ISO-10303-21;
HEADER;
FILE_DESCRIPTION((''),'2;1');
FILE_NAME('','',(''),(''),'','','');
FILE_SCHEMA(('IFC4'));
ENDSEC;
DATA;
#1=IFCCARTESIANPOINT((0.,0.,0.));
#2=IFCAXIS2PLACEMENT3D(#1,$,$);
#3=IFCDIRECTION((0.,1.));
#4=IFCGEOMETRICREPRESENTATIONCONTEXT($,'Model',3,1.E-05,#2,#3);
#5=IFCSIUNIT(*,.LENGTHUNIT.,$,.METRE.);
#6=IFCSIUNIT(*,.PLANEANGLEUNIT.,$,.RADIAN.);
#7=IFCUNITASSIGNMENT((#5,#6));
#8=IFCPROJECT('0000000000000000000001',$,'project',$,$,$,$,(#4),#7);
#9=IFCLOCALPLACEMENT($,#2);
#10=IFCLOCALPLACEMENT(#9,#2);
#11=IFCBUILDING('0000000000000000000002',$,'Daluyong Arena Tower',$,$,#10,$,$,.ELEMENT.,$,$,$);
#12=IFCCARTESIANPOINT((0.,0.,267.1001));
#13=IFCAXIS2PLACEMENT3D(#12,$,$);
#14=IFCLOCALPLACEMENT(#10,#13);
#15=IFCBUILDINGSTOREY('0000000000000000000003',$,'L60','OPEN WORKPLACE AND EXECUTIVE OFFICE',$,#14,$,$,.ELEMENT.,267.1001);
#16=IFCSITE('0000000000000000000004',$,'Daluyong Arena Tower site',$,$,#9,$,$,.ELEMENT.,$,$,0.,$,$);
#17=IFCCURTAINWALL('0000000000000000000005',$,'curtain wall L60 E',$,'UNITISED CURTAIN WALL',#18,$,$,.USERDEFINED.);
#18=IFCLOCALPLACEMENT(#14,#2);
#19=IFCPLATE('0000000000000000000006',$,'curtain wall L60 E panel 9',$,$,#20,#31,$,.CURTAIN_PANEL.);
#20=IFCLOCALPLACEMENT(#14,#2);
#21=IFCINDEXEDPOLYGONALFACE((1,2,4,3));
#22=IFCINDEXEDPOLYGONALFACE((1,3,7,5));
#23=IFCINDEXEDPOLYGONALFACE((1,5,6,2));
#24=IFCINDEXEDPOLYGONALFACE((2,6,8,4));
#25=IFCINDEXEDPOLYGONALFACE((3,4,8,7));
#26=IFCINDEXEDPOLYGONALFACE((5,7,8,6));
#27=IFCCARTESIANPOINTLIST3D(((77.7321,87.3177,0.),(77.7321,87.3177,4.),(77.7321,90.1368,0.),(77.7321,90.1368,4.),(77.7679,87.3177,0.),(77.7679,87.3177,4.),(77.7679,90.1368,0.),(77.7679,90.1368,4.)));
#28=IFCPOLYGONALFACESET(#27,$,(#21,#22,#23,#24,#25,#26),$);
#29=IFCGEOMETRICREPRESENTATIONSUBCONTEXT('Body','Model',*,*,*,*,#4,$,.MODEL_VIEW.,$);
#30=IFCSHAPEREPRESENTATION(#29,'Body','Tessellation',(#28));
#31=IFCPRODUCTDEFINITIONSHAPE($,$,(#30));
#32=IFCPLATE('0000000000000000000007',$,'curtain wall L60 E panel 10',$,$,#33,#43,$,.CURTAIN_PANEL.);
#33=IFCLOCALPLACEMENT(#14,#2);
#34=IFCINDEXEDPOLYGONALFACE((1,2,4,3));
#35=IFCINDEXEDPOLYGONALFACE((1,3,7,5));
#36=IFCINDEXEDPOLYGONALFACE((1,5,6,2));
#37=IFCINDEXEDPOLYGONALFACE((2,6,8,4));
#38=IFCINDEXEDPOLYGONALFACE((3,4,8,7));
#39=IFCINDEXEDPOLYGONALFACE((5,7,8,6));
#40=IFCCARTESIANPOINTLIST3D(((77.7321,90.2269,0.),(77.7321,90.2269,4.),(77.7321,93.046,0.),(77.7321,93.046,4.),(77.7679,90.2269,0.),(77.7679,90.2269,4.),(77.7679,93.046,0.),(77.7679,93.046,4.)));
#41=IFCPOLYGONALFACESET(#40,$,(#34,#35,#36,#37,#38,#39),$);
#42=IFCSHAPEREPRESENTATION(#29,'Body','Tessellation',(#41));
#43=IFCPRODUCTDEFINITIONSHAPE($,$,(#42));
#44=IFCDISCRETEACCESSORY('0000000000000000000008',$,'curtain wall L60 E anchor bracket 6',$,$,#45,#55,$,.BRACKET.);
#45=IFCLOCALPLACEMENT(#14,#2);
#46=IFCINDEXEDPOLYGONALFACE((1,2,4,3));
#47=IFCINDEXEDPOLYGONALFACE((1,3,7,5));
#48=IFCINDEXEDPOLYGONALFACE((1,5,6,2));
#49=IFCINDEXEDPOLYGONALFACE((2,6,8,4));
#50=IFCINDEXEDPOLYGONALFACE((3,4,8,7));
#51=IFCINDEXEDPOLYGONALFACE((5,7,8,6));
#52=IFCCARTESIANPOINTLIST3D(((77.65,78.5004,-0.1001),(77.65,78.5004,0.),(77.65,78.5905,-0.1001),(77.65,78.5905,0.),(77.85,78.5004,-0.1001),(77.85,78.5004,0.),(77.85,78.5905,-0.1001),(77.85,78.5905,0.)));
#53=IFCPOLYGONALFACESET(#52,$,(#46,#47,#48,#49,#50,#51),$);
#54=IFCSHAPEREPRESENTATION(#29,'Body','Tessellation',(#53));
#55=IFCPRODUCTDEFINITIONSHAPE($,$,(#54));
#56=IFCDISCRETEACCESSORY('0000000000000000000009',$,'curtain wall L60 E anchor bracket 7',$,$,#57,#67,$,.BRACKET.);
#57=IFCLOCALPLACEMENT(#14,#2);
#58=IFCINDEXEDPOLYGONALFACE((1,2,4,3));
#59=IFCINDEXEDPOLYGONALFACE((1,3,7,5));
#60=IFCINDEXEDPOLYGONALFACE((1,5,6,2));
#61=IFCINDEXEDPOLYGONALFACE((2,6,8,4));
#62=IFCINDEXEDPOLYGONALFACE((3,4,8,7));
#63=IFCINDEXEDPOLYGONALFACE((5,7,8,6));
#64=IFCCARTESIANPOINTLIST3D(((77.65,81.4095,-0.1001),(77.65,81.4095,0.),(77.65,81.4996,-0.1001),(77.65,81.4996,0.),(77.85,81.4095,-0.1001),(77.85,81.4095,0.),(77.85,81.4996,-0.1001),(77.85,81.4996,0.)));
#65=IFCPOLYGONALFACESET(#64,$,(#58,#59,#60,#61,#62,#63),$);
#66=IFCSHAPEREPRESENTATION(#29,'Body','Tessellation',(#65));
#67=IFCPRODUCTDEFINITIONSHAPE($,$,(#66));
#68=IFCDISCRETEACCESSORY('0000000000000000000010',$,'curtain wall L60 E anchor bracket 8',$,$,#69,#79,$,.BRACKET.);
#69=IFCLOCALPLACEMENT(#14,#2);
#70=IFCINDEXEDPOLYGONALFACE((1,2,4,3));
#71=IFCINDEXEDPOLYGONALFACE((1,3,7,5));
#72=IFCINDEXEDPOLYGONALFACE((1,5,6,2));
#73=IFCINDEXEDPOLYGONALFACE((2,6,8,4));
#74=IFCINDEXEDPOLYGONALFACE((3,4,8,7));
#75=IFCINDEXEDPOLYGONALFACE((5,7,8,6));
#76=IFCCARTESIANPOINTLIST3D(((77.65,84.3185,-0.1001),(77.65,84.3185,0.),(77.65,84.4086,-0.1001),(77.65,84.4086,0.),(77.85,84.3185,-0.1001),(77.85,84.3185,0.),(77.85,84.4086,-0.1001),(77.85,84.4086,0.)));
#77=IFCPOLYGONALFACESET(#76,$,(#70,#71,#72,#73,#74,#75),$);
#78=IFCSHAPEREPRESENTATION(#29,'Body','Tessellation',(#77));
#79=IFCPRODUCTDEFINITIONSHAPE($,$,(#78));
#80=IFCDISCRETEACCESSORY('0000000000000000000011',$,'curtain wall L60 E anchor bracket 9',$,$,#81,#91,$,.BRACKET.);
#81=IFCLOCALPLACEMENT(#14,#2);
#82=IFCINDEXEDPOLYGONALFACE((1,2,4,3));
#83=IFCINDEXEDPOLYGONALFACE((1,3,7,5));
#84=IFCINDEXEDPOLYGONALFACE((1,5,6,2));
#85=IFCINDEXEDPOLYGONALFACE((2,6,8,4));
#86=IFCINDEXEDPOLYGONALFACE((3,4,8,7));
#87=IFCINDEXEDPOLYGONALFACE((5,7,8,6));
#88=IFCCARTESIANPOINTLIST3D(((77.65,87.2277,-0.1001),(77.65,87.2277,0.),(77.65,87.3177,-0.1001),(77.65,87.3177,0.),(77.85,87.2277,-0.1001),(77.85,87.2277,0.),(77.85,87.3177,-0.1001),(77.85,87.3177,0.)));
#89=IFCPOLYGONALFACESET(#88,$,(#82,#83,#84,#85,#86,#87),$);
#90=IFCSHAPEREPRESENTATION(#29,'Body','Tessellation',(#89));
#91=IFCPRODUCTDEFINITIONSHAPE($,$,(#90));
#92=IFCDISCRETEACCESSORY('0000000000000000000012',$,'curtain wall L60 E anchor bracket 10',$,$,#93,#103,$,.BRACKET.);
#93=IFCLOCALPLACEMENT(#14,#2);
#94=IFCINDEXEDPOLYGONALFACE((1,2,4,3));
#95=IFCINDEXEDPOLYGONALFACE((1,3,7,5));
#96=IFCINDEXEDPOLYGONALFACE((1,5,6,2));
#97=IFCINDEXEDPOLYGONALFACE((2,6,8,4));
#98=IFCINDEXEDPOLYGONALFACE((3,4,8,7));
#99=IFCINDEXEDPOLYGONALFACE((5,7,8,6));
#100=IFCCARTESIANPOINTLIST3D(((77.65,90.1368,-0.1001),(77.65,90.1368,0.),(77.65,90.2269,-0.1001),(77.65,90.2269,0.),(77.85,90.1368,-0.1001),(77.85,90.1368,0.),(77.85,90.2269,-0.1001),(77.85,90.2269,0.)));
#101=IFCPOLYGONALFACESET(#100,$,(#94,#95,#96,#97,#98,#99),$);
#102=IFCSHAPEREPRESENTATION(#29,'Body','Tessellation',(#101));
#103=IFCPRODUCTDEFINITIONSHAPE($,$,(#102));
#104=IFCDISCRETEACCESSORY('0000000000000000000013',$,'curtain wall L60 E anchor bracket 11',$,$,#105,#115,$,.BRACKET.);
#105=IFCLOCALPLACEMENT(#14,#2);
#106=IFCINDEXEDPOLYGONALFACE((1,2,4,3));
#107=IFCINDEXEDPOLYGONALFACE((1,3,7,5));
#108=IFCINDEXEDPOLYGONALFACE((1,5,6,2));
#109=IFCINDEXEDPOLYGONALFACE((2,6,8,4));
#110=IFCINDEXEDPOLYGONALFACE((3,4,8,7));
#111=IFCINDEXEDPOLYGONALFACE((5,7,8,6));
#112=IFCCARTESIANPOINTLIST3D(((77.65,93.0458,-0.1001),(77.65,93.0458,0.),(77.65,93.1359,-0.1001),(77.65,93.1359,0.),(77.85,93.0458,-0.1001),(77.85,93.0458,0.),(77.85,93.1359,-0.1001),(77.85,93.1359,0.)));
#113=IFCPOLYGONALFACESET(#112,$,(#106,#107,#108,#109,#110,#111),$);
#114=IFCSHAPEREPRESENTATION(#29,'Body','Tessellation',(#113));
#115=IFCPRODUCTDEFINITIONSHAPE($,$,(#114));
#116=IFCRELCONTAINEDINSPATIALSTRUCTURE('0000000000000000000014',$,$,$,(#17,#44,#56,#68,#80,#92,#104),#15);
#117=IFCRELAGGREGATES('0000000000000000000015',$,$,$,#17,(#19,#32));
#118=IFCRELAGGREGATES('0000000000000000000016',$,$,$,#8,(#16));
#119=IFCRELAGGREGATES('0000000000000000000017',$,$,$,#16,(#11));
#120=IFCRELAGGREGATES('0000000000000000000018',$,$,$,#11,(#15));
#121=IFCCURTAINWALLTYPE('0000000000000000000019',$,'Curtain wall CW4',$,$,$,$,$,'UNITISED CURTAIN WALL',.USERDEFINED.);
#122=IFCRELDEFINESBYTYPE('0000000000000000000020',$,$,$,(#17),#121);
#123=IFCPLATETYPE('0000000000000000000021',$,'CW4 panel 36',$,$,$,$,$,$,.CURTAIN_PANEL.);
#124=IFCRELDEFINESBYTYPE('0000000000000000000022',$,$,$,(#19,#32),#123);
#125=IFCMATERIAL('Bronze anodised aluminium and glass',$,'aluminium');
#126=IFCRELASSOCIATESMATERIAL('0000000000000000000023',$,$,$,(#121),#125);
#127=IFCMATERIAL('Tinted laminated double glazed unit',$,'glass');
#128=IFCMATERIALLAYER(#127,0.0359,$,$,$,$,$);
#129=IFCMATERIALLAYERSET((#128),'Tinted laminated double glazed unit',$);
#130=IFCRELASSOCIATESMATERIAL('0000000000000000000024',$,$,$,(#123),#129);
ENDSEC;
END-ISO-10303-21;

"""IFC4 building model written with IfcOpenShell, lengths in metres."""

from ifc_helpers import new_model, si_unit, direction, frame, origin, origin_2d, place, context, subcontext, project, spatial, rectangle, extrude, material, layer, layer_set, type_object, element, aggregate, save


model = new_model("IFC4")

# Units and contexts
model_context = context("Model", 3, precision=1e-05, world=origin(), true_north=direction((0.0, 1.0)))
body_context = subcontext(model_context, "Body", "Model", "MODEL_VIEW")
ifc_project = project(units=[si_unit("LENGTHUNIT", "METRE"), si_unit("PLANEANGLEUNIT", "RADIAN")], contexts=[model_context])

# Site, building, storey
site_placement = place(None, origin())
site = spatial("IfcSite", under=ifc_project, at=site_placement, Name="Daluyong Arena Tower site", CompositionType="ELEMENT", RefElevation=0.0)
building_placement = place(site_placement, origin())
building = spatial("IfcBuilding", under=site, at=building_placement, Name="Daluyong Arena Tower", CompositionType="ELEMENT")
storey_placement = place(building_placement, frame((0.0, 0.0, 267.1001)))
storey = spatial("IfcBuildingStorey", under=building, at=storey_placement, Name="L60", Description="OPEN WORKPLACE AND EXECUTIVE OFFICE", CompositionType="ELEMENT", Elevation=267.1001)

# Curtain wall
ifc_material_1 = material(Name="Bronze anodised aluminium and glass", Category="aluminium")
curtain_wall_type = type_object("IfcCurtainWallType", Name="Curtain wall CW4", ElementType="UNITISED CURTAIN WALL", PredefinedType="USERDEFINED", material=ifc_material_1)
curtain_wall_placement = place(storey_placement, origin())
curtain_wall = element("IfcCurtainWall", 1, at=curtain_wall_placement, inside=storey, type_object=curtain_wall_type, Name="curtain wall L60 E", ObjectType="UNITISED CURTAIN WALL", PredefinedType="USERDEFINED")

# Plates
ifc_material_2 = material(Name="Tinted laminated double glazed unit", Category="glass")
ifc_layer = layer(ifc_material_2, 0.0359)
ifc_layer_set = layer_set([ifc_layer], Name="Tinted laminated double glazed unit")
plate_type = type_object("IfcPlateType", Name="CW4 panel 36", PredefinedType="CURTAIN_PANEL", material=ifc_layer_set)
plate_1_placement = place(storey_placement, frame((77.75, 88.7273, 0.0), z_axis=(0.0, 0.0, 1.0), x_axis=(0.0, 1.0, 0.0)))
plate_1 = element("IfcPlate", 2, at=plate_1_placement, type_object=plate_type, Name="curtain wall L60 E panel 9", PredefinedType="CURTAIN_PANEL", context=body_context, shape_type="SweptSolid", body=[
    extrude(rectangle(XDim=2.8191, YDim=0.0359, at=origin_2d()), origin(), (0.0, 0.0, 1.0), 4.0),
])
plate_2_placement = place(storey_placement, frame((77.75, 91.6365, 0.0), z_axis=(0.0, 0.0, 1.0), x_axis=(0.0, 1.0, 0.0)))
plate_2 = element("IfcPlate", 3, at=plate_2_placement, type_object=plate_type, Name="curtain wall L60 E panel 10", PredefinedType="CURTAIN_PANEL", context=body_context, shape_type="SweptSolid", body=[
    extrude(rectangle(XDim=2.8191, YDim=0.0359, at=origin_2d()), origin(), (0.0, 0.0, 1.0), 4.0),
])
aggregate(curtain_wall, [plate_1, plate_2])

# Discrete accessories
for number, where, z_axis, x_axis, name in (
    (4, (77.75, 78.5454, -0.1001), (0.0, 0.0, 1.0), (0.0, 1.0, 0.0), "curtain wall L60 E anchor bracket 6"),
    (5, (77.75, 81.4546, -0.1001), (0.0, 0.0, 1.0), (0.0, 1.0, 0.0), "curtain wall L60 E anchor bracket 7"),
    (6, (77.75, 84.3635, -0.1001), (0.0, 0.0, 1.0), (0.0, 1.0, 0.0), "curtain wall L60 E anchor bracket 8"),
    (7, (77.75, 87.2727, -0.1001), (0.0, 0.0, 1.0), (0.0, 1.0, 0.0), "curtain wall L60 E anchor bracket 9"),
    (8, (77.75, 90.1819, -0.1001), (0.0, 0.0, 1.0), (0.0, 1.0, 0.0), "curtain wall L60 E anchor bracket 10"),
    (9, (77.75, 93.0908, -0.1001), (0.0, 0.0, 1.0), (0.0, 1.0, 0.0), "curtain wall L60 E anchor bracket 11"),
):
    element("IfcDiscreteAccessory", number, at=place(storey_placement, frame(where, z_axis=z_axis, x_axis=x_axis)), inside=storey, Name=name, PredefinedType="BRACKET", context=body_context, shape_type="SweptSolid", body=[
        extrude(rectangle(XDim=0.0901, YDim=0.2, at=origin_2d()), origin(), (0.0, 0.0, 1.0), 0.1001),
    ])

save(model, "model.ifc")
